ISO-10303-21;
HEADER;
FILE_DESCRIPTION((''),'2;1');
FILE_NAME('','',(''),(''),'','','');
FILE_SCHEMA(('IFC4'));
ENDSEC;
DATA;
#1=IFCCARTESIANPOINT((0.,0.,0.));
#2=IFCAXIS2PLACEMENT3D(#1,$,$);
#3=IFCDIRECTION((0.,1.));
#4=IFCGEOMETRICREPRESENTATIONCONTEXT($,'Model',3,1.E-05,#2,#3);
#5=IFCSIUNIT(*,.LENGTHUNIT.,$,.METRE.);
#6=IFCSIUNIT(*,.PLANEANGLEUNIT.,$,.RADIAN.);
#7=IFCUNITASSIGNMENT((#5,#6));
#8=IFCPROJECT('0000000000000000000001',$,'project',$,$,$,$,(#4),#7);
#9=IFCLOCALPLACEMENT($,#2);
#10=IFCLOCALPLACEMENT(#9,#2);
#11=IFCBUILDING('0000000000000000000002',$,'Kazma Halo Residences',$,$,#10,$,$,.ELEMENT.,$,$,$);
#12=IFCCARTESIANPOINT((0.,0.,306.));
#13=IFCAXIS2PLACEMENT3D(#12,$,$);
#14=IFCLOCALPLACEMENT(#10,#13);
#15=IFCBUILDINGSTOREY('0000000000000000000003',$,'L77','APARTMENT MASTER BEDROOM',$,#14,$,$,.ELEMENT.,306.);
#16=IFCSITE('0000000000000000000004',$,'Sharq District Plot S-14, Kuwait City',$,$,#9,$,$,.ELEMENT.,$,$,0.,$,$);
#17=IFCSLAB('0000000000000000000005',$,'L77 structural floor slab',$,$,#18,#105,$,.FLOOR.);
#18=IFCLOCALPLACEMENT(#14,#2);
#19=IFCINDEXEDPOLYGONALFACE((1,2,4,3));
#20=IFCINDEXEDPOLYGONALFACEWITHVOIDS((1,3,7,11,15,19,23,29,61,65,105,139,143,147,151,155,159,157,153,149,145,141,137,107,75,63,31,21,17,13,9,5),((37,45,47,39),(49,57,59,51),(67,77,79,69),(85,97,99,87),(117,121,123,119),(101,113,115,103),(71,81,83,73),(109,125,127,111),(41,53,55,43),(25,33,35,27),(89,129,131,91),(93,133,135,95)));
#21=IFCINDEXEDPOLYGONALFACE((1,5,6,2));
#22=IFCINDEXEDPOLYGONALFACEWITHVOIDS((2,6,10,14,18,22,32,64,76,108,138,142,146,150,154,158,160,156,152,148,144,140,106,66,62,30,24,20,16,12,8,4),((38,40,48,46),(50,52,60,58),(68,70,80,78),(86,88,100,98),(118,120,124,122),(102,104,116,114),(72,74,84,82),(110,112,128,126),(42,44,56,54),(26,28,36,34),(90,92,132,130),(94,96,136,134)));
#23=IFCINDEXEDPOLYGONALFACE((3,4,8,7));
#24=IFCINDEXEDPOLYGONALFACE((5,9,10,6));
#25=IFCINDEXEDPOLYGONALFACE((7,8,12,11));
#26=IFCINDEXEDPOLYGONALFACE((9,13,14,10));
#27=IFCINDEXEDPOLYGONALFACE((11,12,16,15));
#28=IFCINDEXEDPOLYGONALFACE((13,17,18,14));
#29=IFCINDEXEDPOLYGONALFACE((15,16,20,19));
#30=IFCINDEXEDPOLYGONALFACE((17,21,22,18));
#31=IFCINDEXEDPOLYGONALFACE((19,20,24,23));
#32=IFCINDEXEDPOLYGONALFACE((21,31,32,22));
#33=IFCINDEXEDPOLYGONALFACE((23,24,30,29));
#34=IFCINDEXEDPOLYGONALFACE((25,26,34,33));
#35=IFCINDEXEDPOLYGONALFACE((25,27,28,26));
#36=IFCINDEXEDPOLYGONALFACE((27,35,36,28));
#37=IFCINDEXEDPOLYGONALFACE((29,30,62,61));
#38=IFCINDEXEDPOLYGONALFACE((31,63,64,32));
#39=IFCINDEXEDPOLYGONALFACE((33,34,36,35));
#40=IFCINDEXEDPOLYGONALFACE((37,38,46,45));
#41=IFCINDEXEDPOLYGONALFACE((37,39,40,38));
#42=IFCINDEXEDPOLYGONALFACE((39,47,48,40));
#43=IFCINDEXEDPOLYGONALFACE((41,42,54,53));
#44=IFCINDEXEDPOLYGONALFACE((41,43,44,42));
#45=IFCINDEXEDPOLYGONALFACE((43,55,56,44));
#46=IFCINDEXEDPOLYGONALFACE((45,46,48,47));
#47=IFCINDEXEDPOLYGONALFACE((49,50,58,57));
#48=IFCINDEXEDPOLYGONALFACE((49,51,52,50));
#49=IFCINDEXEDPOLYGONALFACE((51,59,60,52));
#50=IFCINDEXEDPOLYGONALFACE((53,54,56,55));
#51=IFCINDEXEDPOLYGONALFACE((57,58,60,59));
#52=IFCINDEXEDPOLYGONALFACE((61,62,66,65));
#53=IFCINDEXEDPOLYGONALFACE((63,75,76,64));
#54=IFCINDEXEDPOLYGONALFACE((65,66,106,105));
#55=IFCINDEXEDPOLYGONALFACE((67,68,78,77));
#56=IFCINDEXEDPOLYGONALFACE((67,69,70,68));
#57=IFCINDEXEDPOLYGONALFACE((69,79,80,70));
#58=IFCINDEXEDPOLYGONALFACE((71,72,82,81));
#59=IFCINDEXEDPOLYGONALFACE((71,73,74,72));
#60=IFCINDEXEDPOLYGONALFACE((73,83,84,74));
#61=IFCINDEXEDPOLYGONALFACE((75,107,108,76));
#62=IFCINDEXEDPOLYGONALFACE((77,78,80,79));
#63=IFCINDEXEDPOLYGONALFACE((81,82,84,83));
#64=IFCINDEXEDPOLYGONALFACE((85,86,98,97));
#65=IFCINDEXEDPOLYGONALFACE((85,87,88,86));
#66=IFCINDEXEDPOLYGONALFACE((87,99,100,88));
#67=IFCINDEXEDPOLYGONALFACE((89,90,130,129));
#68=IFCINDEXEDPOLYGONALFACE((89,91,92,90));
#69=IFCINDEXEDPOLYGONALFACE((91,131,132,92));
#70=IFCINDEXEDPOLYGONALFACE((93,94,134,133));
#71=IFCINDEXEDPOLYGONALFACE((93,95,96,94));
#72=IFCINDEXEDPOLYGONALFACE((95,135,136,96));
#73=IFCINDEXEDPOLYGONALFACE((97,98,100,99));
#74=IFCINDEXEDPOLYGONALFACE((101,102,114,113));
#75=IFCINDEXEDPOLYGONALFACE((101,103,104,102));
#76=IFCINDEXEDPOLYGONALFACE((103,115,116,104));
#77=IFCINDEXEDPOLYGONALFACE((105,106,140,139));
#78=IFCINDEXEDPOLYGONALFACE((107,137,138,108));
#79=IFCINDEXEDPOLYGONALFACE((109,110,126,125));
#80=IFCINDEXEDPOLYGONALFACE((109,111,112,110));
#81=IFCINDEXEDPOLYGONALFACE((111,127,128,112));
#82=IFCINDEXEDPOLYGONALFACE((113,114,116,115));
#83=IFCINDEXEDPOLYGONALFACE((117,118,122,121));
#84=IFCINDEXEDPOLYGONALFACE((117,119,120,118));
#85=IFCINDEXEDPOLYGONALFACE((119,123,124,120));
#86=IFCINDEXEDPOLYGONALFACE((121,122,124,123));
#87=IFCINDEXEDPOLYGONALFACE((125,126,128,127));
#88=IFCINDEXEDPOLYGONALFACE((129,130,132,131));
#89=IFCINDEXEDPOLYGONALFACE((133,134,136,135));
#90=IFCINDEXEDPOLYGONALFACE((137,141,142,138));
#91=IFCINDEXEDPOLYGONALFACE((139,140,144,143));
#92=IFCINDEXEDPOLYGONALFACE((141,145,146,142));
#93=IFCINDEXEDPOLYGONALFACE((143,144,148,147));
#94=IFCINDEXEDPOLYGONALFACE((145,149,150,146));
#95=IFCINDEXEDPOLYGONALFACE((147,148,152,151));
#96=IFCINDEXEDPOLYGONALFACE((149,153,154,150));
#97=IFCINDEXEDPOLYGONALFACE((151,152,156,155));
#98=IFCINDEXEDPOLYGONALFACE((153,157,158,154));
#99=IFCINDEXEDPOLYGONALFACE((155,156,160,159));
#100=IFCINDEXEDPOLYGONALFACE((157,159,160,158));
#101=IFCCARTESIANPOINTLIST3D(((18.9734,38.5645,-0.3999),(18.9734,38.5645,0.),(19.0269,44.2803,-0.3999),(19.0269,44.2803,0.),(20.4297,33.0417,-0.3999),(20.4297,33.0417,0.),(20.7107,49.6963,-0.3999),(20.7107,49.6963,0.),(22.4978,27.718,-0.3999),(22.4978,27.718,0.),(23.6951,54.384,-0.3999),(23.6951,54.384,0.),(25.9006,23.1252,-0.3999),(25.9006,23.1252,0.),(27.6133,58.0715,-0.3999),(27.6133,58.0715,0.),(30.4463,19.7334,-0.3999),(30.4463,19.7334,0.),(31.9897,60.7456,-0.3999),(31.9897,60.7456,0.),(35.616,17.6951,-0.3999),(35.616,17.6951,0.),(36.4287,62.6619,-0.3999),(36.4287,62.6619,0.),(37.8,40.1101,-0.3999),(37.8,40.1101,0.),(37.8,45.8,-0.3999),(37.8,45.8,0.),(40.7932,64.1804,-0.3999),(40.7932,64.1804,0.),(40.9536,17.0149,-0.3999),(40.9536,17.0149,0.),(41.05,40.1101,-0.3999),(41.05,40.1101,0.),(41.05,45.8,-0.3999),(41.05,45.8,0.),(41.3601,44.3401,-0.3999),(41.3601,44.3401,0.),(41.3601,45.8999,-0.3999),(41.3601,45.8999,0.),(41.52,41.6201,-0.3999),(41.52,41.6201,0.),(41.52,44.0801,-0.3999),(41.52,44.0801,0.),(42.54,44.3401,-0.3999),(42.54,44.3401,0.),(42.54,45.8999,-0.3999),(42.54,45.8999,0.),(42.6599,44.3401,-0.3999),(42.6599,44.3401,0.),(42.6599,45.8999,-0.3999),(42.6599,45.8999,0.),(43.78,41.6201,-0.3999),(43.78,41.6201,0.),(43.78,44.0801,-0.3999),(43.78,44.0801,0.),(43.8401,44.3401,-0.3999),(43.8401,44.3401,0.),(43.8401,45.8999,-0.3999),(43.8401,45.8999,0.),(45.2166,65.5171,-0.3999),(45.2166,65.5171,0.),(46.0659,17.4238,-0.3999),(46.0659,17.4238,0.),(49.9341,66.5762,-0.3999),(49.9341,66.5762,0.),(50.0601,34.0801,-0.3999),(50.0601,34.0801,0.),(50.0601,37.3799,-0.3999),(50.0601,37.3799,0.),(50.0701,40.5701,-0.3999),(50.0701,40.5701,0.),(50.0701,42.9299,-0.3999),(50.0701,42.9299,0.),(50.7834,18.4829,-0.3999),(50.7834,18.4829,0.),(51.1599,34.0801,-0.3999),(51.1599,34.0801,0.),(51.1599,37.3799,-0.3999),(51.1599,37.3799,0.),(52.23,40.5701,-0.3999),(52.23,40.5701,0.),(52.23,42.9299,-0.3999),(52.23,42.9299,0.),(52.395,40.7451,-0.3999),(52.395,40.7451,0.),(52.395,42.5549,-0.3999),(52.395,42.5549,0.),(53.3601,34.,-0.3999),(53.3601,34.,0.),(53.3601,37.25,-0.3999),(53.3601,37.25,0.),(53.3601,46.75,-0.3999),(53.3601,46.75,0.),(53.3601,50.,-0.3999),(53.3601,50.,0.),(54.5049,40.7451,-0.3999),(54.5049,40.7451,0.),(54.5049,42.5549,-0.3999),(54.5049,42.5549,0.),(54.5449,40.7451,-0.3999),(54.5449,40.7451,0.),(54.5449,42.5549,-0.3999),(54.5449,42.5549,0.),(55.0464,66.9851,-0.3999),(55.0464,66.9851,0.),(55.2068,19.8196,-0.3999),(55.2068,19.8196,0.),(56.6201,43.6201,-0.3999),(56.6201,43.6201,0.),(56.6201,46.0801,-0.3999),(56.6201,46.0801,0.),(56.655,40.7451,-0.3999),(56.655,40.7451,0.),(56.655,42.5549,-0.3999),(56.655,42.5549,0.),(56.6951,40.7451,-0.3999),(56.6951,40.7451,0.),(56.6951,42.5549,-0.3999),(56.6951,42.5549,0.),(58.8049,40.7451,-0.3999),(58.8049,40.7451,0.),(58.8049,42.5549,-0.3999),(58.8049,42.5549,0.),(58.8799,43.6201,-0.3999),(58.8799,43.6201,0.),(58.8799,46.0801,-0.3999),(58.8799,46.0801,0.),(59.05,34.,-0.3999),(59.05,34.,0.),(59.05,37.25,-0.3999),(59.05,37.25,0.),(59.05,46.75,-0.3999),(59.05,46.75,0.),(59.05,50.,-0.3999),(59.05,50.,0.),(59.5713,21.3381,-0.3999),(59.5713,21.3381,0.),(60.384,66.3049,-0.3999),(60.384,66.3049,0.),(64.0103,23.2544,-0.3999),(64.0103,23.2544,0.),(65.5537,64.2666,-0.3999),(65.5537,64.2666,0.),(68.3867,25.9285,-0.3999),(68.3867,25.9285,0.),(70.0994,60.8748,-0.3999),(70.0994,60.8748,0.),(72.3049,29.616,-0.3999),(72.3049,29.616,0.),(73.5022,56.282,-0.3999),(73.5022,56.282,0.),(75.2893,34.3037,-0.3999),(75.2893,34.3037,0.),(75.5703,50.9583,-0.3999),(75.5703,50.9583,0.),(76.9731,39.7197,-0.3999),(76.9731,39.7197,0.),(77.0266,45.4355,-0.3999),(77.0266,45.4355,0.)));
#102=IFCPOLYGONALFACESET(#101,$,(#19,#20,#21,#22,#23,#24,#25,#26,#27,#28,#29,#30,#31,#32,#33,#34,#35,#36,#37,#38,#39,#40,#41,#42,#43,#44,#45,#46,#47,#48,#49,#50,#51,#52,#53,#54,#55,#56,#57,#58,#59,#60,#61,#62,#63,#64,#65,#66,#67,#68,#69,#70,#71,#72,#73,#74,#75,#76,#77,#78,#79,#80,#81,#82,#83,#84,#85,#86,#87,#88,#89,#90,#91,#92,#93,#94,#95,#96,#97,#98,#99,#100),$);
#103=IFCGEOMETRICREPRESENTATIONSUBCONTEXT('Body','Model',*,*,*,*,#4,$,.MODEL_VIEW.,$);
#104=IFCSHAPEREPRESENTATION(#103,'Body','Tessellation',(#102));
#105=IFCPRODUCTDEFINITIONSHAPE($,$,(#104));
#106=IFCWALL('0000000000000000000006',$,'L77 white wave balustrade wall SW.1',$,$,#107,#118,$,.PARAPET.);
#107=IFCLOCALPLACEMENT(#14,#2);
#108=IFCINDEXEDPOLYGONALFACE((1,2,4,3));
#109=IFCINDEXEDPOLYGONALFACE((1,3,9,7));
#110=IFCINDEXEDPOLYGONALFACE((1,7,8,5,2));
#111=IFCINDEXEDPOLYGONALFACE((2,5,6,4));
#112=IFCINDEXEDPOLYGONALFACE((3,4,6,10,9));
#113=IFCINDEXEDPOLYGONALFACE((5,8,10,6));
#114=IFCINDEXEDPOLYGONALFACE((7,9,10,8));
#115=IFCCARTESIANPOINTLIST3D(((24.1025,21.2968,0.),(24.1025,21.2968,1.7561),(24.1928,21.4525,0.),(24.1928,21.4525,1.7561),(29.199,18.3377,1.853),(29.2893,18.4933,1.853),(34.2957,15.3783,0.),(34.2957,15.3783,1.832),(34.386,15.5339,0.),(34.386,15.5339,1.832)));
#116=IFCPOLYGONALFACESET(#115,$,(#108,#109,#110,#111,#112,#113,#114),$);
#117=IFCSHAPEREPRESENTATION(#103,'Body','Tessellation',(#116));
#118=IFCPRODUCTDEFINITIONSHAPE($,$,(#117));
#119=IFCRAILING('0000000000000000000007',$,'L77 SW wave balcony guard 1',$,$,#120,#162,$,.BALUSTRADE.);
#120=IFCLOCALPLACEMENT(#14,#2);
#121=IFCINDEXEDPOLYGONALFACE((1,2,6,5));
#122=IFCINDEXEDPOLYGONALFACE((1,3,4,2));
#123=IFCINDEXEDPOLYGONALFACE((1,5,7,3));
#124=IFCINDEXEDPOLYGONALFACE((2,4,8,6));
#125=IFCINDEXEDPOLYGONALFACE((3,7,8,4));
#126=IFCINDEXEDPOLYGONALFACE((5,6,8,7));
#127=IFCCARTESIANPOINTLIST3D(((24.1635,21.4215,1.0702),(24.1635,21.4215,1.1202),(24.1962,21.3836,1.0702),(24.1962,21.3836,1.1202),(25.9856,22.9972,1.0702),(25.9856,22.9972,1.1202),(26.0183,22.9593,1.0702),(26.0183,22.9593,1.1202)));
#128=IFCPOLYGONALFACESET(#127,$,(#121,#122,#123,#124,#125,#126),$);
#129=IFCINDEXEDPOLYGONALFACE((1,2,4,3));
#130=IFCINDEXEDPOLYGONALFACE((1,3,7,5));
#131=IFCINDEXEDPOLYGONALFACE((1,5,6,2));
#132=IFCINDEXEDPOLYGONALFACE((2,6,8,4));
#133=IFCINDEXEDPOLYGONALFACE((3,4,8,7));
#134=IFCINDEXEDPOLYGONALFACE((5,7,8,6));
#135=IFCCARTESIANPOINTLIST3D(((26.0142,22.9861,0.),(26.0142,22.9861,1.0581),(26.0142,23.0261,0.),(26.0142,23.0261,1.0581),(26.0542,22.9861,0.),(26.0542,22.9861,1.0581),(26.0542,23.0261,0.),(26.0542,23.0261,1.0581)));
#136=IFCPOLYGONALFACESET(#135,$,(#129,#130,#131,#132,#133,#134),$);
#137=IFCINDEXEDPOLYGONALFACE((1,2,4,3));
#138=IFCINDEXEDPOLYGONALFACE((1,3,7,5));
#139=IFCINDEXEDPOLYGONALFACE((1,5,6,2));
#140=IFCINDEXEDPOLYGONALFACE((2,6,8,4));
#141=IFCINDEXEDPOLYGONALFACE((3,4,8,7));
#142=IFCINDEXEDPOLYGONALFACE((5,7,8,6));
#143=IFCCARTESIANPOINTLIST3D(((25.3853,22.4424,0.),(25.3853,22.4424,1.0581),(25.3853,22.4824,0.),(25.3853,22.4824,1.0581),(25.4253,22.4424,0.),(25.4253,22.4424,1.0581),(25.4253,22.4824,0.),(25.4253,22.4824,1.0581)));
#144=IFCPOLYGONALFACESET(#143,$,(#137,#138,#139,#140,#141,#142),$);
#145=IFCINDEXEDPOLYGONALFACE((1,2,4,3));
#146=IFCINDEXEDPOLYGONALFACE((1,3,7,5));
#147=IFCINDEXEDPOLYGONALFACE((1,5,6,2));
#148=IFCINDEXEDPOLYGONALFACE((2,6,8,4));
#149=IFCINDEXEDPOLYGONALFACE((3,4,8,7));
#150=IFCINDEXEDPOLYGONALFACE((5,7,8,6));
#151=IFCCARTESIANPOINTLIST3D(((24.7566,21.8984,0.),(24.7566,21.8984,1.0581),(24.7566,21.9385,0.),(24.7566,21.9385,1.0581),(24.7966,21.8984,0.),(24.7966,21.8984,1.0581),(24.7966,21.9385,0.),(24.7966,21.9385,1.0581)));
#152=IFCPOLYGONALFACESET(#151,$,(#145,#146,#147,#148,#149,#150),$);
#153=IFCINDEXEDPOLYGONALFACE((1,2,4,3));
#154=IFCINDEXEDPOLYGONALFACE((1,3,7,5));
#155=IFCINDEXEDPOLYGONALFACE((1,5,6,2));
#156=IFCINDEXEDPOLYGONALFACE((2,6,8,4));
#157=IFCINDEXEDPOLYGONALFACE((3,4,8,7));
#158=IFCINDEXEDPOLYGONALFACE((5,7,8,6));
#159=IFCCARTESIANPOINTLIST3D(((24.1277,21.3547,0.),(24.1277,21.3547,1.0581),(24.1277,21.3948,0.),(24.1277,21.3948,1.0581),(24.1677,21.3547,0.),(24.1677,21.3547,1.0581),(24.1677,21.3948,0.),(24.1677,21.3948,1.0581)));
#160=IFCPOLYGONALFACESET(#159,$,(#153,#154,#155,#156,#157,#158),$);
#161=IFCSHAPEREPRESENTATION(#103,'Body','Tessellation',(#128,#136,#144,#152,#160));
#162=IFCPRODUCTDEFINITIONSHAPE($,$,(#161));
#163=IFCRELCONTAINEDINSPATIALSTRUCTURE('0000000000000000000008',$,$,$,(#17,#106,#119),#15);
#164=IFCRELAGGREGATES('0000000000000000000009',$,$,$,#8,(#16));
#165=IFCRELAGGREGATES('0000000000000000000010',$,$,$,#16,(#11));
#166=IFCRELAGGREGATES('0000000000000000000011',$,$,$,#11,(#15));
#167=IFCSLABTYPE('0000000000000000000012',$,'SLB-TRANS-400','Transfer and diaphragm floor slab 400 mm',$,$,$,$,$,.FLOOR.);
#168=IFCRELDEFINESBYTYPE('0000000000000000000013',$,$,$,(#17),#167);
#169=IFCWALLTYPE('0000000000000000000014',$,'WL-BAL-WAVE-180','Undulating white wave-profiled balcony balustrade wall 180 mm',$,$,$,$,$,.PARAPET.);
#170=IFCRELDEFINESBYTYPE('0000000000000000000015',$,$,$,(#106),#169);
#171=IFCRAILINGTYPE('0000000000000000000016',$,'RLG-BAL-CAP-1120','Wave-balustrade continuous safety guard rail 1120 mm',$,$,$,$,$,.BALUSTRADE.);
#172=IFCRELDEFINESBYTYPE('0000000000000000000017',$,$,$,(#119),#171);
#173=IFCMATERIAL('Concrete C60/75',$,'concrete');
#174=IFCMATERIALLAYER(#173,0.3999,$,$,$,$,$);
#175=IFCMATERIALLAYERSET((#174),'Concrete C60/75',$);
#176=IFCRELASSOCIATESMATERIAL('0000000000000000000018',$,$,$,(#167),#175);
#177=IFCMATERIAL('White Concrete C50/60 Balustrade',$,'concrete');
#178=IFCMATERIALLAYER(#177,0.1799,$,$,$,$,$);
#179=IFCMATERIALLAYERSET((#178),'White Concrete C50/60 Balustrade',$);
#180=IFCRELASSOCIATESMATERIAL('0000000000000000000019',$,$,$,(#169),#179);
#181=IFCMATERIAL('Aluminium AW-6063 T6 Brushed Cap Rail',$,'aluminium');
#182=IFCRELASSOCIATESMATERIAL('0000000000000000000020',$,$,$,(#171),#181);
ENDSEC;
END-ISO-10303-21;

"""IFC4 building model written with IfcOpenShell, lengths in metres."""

from ifc_helpers import new_model, si_unit, direction, frame, origin, origin_2d, place, context, subcontext, project, spatial, polyline, rectangle, outline, extrude, material, layer, layer_set, type_object, element, save


model = new_model("IFC4")

# Units and contexts
model_context = context("Model", 3, precision=1e-05, world=origin(), true_north=direction((0.0, 1.0)))
body_context = subcontext(model_context, "Body", "Model", "MODEL_VIEW")
ifc_project = project(units=[si_unit("LENGTHUNIT", "METRE"), si_unit("PLANEANGLEUNIT", "RADIAN")], contexts=[model_context])

# Site, building, storey
site_placement = place(None, origin())
site = spatial("IfcSite", under=ifc_project, at=site_placement, Name="Sharq District Plot S-14, Kuwait City", CompositionType="ELEMENT", RefElevation=0.0)
building_placement = place(site_placement, origin())
building = spatial("IfcBuilding", under=site, at=building_placement, Name="Kazma Halo Residences", CompositionType="ELEMENT")
storey_placement = place(building_placement, frame((0.0, 0.0, 306.0)))
storey = spatial("IfcBuildingStorey", under=building, at=storey_placement, Name="L77", Description="APARTMENT MASTER BEDROOM", CompositionType="ELEMENT", Elevation=306.0)

# Shared definitions
ifc_material_1 = material(Name="Concrete C60/75", Category="concrete")

# Slab
ifc_layer_1 = layer(ifc_material_1, 0.3999)
ifc_layer_set_1 = layer_set([ifc_layer_1], Name="Concrete C60/75")
slab_type_1 = type_object("IfcSlabType", Name="SLB-TRANS-400", Description="Transfer and diaphragm floor slab 400 mm", PredefinedType="FLOOR", material=ifc_layer_set_1)
slab_1_placement = place(storey_placement, frame((0.0, 0.0, -0.3999)))
element("IfcSlab", 1, at=slab_1_placement, inside=storey, type_object=slab_type_1, Name="L77 structural floor slab", PredefinedType="FLOOR", context=body_context, shape_type="SweptSolid", body=[
    extrude(outline(polyline([(75.5703, 50.9583), (73.5022, 56.282), (70.0994, 60.8748), (65.5537, 64.2666), (60.384, 66.3049), (55.0464, 66.9851), (49.9341, 66.5762), (45.2166, 65.5171), (40.7932, 64.1804), (36.4287, 62.6619), (31.9897, 60.7456), (27.6133, 58.0715), (23.6951, 54.384), (20.7107, 49.6963), (19.0269, 44.2803), (18.9734, 38.5645), (20.4297, 33.0417), (22.4978, 27.718), (25.9006, 23.1252), (30.4463, 19.7334), (35.616, 17.6951), (40.9536, 17.0149), (46.0659, 17.4238), (50.7834, 18.4829), (55.2068, 19.8196), (59.5713, 21.3381), (64.0103, 23.2544), (68.3867, 25.9285), (72.3049, 29.616), (75.2893, 34.3037), (76.9731, 39.7197), (77.0266, 45.4355), (75.5703, 50.9583)]), holes=[polyline([(37.8, 40.1101), (41.05, 40.1101), (41.05, 45.8), (37.8, 45.8), (37.8, 40.1101)]), polyline([(53.3601, 46.75), (59.05, 46.75), (59.05, 50.0), (53.3601, 50.0), (53.3601, 46.75)]), polyline([(53.3601, 34.0), (59.05, 34.0), (59.05, 37.25), (53.3601, 37.25), (53.3601, 34.0)]), polyline([(41.52, 41.6201), (43.78, 41.6201), (43.78, 44.0801), (41.52, 44.0801), (41.52, 41.6201)]), polyline([(56.6201, 43.6201), (58.8799, 43.6201), (58.8799, 46.0801), (56.6201, 46.0801), (56.6201, 43.6201)]), polyline([(52.395, 40.7451), (54.5049, 40.7451), (54.5049, 42.5549), (52.395, 42.5549), (52.395, 40.7451)]), polyline([(54.5449, 40.7451), (56.655, 40.7451), (56.655, 42.5549), (54.5449, 42.5549), (54.5449, 40.7451)]), polyline([(56.6951, 40.7451), (58.8049, 40.7451), (58.8049, 42.5549), (56.6951, 42.5549), (56.6951, 40.7451)]), polyline([(50.0701, 40.5701), (52.23, 40.5701), (52.23, 42.9299), (50.0701, 42.9299), (50.0701, 40.5701)]), polyline([(41.3601, 44.3401), (42.54, 44.3401), (42.54, 45.8999), (41.3601, 45.8999), (41.3601, 44.3401)]), polyline([(42.6599, 44.3401), (43.8401, 44.3401), (43.8401, 45.8999), (42.6599, 45.8999), (42.6599, 44.3401)]), polyline([(50.0601, 34.0801), (51.1599, 34.0801), (51.1599, 37.3799), (50.0601, 37.3799), (50.0601, 34.0801)])]), origin(), (0.0, 0.0, 1.0), 0.3999),
])

# Wall
ifc_material_2 = material(Name="White Concrete C50/60 Balustrade", Category="concrete")
ifc_layer_2 = layer(ifc_material_2, 0.1799)
ifc_layer_set_2 = layer_set([ifc_layer_2], Name="White Concrete C50/60 Balustrade")
wall_type_1 = type_object("IfcWallType", Name="WL-BAL-WAVE-180", Description="Undulating white wave-profiled balcony balustrade wall 180 mm", PredefinedType="PARAPET", material=ifc_layer_set_2)
wall_1_placement = place(storey_placement, frame((24.1477, 21.3748, 0.0), z_axis=(0.0, 0.0, 1.0), x_axis=(0.864794, -0.502128, 0.0)))
element("IfcWall", 2, at=wall_1_placement, inside=storey, type_object=wall_type_1, Name="L77 white wave balustrade wall SW.1", PredefinedType="PARAPET", context=body_context, shape_type="SweptSolid", body=[
    extrude(outline(polyline([(0.0, 0.0), (11.7869, 0.0), (11.7869, 1.832), (5.8933, 1.853), (0.0, 1.7561), (0.0, 0.0)])), frame((0.0, 0.0898, 0.0), z_axis=(0.0, -1.0, 0.0), x_axis=(1.0, 0.0, 0.0)), (0.0, 0.0, 1.0), 0.1799),
])

# Railing
ifc_material_3 = material(Name="Aluminium AW-6063 T6 Brushed Cap Rail", Category="aluminium")
railing_type = type_object("IfcRailingType", Name="RLG-BAL-CAP-1120", Description="Wave-balustrade continuous safety guard rail 1120 mm", PredefinedType="BALUSTRADE", material=ifc_material_3)
railing_1_placement = place(storey_placement, frame((26.0342, 23.0061, 0.0)))
element("IfcRailing", 3, at=railing_1_placement, inside=storey, type_object=railing_type, Name="L77 SW wave balcony guard 1", PredefinedType="BALUSTRADE", context=body_context, shape_type="SweptSolid", body=[
    extrude(rectangle(XDim=0.05, YDim=0.05, at=origin_2d()), frame((-0.0322, -0.0278, 1.0952), z_axis=(-0.756402, -0.654107, 0.0), x_axis=(0.654107, -0.756402, 0.0)), (0.0, 0.0, 1.0), 2.4089),
    extrude(rectangle(XDim=0.04, YDim=0.04, at=origin_2d()), origin(), (0.0, 0.0, 1.0), 1.0581),
    extrude(rectangle(XDim=0.04, YDim=0.04, at=origin_2d()), frame((-0.6289, -0.5437, 0.0)), (0.0, 0.0, 1.0), 1.0581),
    extrude(rectangle(XDim=0.04, YDim=0.04, at=origin_2d()), frame((-1.2576, -1.0876, 0.0)), (0.0, 0.0, 1.0), 1.0581),
    extrude(rectangle(XDim=0.04, YDim=0.04, at=origin_2d()), frame((-1.8865, -1.6313, 0.0)), (0.0, 0.0, 1.0), 1.0581),
])

save(model, "model.ifc")
